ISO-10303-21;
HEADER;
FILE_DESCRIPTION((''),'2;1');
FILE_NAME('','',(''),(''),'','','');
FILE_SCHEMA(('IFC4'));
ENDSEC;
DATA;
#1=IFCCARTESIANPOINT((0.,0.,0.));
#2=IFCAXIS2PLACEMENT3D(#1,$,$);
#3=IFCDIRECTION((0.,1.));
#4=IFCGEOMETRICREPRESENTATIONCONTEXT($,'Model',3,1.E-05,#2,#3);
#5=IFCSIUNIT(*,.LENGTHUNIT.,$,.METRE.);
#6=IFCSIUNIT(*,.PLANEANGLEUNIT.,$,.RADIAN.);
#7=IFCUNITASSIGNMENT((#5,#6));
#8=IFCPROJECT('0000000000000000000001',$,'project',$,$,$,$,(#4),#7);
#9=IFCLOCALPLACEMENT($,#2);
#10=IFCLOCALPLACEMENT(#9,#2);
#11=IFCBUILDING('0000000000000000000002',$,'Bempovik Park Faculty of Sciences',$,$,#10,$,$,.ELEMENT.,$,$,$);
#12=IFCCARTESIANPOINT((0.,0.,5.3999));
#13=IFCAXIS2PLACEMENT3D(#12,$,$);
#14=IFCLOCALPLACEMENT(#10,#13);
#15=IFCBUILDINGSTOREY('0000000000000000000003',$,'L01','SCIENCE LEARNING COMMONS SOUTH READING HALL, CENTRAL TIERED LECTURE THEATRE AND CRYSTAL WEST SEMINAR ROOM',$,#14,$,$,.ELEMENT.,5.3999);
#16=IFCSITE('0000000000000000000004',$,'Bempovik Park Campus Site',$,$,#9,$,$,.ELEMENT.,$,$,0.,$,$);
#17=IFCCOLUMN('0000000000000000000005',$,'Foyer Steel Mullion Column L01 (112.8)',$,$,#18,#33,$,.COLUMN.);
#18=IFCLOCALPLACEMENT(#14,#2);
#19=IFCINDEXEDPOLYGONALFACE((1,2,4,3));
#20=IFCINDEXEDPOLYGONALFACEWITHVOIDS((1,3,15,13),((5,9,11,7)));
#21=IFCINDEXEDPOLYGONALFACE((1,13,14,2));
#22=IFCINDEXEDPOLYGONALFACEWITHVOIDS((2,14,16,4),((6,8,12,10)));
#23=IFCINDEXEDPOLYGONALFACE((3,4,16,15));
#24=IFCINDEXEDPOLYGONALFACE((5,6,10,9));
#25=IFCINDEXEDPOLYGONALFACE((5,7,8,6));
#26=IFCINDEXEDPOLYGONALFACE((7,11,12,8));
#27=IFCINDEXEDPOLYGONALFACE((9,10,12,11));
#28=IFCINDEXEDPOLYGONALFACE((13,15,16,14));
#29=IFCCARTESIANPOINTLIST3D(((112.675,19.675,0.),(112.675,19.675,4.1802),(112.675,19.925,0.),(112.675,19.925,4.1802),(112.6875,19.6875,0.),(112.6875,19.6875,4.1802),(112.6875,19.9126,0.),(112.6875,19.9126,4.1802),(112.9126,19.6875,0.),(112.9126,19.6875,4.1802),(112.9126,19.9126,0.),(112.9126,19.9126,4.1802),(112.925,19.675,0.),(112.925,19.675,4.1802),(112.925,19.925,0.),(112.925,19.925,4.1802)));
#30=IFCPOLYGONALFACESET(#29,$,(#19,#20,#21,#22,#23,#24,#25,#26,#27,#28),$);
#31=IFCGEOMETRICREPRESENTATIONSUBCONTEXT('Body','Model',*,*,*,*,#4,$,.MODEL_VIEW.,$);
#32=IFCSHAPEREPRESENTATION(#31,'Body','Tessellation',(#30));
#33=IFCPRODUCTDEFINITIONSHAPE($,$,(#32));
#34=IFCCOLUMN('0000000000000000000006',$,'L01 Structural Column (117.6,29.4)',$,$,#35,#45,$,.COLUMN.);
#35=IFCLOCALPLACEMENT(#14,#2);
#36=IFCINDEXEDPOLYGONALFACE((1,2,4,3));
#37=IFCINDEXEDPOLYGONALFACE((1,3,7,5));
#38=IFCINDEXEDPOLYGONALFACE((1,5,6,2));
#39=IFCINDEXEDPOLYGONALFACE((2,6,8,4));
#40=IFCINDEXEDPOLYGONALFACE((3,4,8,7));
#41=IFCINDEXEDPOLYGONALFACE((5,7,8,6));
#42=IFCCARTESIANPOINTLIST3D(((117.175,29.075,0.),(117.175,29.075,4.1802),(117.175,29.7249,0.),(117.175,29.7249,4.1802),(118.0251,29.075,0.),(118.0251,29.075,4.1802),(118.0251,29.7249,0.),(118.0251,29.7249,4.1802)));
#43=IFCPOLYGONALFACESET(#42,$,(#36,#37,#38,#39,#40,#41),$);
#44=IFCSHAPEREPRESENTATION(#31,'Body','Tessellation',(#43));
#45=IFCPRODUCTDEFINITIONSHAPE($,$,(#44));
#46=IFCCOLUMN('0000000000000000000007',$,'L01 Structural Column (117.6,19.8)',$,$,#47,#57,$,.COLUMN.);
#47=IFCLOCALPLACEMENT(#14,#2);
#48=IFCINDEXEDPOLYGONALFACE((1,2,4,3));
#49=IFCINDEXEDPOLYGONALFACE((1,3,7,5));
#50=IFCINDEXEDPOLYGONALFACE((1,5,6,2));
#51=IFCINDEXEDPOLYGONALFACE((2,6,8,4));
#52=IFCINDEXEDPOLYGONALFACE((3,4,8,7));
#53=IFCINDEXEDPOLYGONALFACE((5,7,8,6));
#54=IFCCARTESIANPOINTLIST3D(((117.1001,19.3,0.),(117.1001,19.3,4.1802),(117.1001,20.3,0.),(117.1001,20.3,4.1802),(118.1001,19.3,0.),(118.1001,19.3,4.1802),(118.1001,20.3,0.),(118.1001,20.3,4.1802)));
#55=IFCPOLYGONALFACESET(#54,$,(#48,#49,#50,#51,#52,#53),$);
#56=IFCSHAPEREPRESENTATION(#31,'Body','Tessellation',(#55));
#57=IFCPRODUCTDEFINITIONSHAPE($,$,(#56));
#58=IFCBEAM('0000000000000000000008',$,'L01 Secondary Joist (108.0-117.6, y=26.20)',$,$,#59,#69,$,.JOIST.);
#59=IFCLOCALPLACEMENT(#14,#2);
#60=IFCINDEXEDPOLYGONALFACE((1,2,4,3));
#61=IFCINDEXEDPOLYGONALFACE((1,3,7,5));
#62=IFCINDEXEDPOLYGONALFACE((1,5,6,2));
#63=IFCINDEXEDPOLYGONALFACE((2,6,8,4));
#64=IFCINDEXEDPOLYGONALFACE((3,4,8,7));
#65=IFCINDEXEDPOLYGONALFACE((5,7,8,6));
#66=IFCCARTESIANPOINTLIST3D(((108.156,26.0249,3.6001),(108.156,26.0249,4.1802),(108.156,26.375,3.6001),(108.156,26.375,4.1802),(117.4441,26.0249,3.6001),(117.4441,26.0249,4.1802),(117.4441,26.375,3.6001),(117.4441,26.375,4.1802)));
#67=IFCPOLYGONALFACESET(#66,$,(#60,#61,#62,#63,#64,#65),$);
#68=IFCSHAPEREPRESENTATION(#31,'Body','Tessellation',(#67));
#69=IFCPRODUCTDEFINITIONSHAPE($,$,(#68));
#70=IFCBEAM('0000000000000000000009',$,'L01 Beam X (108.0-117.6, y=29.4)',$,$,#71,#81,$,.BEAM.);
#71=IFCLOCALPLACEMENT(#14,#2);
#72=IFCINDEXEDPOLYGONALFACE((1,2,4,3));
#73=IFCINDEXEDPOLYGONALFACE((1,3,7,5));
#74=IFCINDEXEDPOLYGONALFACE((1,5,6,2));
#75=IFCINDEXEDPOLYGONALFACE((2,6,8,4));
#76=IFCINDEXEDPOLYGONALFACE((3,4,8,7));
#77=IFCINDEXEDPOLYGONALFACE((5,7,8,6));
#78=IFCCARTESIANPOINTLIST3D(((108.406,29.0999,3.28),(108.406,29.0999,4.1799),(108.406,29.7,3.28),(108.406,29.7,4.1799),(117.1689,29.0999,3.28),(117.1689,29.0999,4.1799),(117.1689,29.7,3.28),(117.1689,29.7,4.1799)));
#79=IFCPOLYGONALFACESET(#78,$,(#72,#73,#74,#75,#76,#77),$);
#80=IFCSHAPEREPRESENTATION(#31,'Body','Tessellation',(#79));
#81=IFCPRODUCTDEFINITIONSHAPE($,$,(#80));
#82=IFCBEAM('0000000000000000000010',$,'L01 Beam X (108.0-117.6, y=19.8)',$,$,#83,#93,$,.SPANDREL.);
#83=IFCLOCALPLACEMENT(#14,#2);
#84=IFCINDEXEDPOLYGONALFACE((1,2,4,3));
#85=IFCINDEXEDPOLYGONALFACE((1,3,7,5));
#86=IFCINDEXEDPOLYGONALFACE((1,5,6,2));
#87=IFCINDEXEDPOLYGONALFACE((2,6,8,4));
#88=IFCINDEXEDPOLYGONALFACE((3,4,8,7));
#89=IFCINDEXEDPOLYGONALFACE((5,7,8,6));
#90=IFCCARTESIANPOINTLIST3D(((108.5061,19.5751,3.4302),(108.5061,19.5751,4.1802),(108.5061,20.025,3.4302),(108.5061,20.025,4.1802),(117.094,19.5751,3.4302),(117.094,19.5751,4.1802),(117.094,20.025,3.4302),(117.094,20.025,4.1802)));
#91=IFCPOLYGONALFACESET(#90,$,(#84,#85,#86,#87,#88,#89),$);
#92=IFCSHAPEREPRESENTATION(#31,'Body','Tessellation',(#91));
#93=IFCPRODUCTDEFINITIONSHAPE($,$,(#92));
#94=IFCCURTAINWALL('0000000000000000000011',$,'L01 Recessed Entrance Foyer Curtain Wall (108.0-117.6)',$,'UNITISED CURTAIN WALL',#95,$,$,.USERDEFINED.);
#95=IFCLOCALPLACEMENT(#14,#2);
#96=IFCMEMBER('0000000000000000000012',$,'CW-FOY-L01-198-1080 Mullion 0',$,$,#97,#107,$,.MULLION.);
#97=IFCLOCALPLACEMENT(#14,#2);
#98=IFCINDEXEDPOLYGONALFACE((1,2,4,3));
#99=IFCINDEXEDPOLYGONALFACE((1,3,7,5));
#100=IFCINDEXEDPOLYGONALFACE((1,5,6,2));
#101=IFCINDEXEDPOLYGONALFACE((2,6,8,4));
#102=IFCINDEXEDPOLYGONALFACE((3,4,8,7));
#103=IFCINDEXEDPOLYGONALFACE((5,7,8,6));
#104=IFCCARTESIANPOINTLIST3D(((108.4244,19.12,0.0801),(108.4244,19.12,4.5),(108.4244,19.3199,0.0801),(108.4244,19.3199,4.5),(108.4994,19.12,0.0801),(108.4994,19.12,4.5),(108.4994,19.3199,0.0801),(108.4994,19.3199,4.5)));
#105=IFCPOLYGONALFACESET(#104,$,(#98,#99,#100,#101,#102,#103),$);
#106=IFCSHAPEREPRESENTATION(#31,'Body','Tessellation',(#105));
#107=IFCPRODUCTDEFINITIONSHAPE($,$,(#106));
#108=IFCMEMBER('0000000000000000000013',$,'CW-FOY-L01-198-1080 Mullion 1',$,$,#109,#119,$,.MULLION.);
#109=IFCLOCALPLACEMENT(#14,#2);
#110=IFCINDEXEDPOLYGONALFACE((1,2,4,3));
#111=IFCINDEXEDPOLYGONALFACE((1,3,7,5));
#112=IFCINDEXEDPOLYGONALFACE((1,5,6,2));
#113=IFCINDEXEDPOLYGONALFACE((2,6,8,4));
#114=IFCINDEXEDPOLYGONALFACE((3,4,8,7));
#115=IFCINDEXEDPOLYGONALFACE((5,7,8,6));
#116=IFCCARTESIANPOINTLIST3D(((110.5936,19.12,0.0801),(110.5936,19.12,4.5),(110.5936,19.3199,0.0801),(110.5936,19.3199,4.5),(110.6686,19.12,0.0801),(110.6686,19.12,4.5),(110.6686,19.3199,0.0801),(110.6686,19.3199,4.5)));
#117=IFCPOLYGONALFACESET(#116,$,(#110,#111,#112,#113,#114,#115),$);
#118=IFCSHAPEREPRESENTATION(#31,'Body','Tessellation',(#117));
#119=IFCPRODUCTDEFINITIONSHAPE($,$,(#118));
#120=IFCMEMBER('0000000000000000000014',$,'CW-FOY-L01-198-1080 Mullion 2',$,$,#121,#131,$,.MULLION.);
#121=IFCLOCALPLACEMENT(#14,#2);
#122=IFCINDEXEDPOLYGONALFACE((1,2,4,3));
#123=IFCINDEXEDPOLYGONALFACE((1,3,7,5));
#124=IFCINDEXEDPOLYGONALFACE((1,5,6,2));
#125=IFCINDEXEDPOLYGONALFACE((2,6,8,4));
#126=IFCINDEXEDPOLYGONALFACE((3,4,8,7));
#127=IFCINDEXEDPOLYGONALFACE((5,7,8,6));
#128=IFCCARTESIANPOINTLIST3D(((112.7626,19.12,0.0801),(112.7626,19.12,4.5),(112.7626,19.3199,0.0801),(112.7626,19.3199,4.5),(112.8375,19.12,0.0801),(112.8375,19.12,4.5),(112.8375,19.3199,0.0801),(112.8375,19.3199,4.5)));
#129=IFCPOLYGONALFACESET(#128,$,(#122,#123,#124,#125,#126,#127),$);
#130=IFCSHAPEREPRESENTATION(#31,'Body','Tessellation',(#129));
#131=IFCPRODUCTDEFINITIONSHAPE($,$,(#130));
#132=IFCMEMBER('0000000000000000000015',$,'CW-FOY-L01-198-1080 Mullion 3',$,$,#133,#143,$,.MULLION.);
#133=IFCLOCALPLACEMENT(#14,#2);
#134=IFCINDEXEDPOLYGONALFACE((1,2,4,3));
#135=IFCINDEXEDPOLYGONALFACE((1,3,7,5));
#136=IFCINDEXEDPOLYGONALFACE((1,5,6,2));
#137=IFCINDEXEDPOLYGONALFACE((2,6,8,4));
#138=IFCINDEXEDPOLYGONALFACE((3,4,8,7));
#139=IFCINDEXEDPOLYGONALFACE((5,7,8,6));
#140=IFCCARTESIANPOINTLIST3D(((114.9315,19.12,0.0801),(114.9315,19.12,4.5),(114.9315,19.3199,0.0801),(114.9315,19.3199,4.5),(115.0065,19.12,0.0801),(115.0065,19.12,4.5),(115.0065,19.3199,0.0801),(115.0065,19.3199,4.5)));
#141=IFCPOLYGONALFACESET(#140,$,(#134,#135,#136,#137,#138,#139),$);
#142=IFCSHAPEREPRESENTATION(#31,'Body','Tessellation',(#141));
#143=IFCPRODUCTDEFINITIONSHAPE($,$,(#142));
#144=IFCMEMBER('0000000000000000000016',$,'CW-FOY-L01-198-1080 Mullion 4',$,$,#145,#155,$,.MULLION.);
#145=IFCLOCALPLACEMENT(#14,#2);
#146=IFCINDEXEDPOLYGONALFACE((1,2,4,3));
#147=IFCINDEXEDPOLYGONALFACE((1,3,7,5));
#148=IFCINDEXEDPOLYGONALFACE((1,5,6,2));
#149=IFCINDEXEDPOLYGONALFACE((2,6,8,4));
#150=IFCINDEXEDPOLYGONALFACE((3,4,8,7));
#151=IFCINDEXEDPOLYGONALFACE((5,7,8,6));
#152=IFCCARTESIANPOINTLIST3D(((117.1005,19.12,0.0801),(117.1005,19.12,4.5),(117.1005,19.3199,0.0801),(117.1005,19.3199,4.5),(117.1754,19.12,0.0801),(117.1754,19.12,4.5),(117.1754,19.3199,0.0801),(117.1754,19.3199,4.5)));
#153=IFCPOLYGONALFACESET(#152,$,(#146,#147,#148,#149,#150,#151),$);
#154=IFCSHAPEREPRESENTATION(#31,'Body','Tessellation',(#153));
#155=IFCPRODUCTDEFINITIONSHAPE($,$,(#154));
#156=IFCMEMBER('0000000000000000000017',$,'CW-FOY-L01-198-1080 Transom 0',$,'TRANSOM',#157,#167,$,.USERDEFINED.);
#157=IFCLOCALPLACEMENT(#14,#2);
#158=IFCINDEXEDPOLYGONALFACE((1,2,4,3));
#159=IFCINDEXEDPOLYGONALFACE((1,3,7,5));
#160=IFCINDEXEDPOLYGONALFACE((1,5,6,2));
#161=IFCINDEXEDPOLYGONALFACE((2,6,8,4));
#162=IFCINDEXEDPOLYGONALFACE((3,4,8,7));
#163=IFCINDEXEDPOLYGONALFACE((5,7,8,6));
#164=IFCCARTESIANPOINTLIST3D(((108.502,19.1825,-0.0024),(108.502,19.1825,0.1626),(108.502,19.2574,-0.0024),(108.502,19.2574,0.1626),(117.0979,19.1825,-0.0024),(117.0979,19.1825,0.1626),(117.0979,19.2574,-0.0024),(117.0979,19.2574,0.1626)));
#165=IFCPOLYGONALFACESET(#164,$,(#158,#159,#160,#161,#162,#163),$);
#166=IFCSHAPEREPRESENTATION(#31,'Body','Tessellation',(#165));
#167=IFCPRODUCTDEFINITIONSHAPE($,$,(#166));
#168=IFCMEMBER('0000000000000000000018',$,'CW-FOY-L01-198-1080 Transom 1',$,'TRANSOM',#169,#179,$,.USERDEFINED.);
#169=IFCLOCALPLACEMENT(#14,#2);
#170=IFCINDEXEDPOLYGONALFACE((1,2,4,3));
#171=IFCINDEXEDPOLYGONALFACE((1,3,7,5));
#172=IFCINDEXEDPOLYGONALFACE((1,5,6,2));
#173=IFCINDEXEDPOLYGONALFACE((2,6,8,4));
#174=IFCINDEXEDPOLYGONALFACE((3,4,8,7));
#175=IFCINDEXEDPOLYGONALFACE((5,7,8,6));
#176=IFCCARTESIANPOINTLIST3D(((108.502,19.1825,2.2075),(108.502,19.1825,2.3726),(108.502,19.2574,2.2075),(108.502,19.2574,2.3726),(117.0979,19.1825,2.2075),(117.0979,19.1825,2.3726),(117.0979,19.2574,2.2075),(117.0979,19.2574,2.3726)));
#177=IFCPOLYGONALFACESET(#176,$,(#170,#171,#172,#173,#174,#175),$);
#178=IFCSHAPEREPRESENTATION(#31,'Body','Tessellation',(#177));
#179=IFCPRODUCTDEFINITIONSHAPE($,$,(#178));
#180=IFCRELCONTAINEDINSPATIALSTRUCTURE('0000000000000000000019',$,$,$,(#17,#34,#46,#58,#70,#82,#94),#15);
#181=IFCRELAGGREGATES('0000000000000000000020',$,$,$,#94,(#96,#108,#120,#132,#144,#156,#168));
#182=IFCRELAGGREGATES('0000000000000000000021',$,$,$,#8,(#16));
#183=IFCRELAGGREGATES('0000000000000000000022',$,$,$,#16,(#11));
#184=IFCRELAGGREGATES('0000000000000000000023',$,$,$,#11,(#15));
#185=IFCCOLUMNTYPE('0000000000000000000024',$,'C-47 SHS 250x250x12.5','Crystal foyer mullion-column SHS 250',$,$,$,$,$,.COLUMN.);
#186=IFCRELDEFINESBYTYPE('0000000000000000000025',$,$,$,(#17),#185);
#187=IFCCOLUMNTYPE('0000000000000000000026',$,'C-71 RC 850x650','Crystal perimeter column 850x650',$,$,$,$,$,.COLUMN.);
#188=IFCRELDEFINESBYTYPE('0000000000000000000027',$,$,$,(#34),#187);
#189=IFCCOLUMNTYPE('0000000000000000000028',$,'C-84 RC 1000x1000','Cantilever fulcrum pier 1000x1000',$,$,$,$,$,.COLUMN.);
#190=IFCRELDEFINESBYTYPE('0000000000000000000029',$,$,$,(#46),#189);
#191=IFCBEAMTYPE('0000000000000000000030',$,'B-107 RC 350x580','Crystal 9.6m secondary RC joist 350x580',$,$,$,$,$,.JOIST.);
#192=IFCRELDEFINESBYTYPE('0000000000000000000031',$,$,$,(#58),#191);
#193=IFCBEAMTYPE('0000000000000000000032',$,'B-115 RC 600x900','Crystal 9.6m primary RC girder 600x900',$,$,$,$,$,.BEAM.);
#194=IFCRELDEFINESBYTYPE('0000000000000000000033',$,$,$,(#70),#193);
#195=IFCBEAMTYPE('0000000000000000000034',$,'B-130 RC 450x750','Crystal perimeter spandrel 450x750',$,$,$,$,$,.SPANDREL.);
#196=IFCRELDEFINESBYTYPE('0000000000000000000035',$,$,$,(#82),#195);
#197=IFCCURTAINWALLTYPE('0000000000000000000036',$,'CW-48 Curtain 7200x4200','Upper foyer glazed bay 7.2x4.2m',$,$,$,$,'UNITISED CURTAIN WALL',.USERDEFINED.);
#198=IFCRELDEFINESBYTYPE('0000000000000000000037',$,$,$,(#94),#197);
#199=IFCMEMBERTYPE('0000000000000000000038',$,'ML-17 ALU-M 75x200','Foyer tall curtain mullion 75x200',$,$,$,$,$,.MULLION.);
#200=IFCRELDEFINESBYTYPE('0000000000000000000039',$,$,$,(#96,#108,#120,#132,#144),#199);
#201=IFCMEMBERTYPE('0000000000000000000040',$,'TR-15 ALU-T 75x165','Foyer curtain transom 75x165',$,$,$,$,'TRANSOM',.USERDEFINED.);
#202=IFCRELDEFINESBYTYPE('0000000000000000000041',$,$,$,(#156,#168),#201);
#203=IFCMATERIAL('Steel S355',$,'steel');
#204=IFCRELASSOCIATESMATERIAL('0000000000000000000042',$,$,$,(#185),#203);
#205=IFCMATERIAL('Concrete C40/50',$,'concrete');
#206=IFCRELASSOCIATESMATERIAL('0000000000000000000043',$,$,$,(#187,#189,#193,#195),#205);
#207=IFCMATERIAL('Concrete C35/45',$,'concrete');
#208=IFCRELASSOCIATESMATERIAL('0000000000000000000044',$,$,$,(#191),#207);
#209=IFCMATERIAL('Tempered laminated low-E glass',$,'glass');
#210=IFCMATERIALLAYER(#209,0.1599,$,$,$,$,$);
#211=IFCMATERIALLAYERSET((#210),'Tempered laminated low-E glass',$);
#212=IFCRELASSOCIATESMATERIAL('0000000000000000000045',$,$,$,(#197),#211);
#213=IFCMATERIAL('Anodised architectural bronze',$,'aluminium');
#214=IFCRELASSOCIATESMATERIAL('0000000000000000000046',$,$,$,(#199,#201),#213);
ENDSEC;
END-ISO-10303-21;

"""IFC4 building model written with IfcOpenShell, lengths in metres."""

from ifc_helpers import new_model, si_unit, direction, frame, origin, origin_2d, place, context, subcontext, project, spatial, rectangle, hollow_rectangle, extrude, material, layer, layer_set, material_profile, profile_set, type_object, element, aggregate, save


model = new_model("IFC4")

# Units and contexts
model_context = context("Model", 3, precision=1e-05, world=origin(), true_north=direction((0.0, 1.0)))
body_context = subcontext(model_context, "Body", "Model", "MODEL_VIEW")
ifc_project = project(units=[si_unit("LENGTHUNIT", "METRE"), si_unit("PLANEANGLEUNIT", "RADIAN")], contexts=[model_context])

# Site, building, storey
site_placement = place(None, origin())
site = spatial("IfcSite", under=ifc_project, at=site_placement, Name="Bempovik Park Campus Site", CompositionType="ELEMENT", RefElevation=0.0)
building_placement = place(site_placement, origin())
building = spatial("IfcBuilding", under=site, at=building_placement, Name="Bempovik Park Faculty of Sciences", CompositionType="ELEMENT")
storey_placement = place(building_placement, frame((0.0, 0.0, 5.3999)))
storey = spatial("IfcBuildingStorey", under=building, at=storey_placement, Name="L01", Description="SCIENCE LEARNING COMMONS SOUTH READING HALL, CENTRAL TIERED LECTURE THEATRE AND CRYSTAL WEST SEMINAR ROOM", CompositionType="ELEMENT", Elevation=5.3999)

# Columns
ifc_material_1 = material(Name="Steel S355", Category="steel")
ifc_material_profile_1 = material_profile(ifc_material_1, hollow_rectangle(XDim=0.25, YDim=0.25, WallThickness=0.0125, at=origin_2d()), Name="SHS 250x250x12.5")
ifc_profile_set_1 = profile_set([ifc_material_profile_1], Name="Steel S355")
column_type_1 = type_object("IfcColumnType", Name="C-47 SHS 250x250x12.5", Description="Crystal foyer mullion-column SHS 250", PredefinedType="COLUMN", material=ifc_profile_set_1)
column_1_placement = place(storey_placement, frame((112.8, 19.8, 0.0), z_axis=(0.0, 0.0, 1.0), x_axis=(1.0, 0.0, 0.0)))
element("IfcColumn", 1, at=column_1_placement, inside=storey, type_object=column_type_1, Name="Foyer Steel Mullion Column L01 (112.8)", PredefinedType="COLUMN", context=body_context, shape_type="SweptSolid", body=[
    extrude(hollow_rectangle(XDim=0.25, YDim=0.25, WallThickness=0.0125, at=origin_2d()), origin(), (0.0, 0.0, 1.0), 4.1802),
])
ifc_material_2 = material(Name="Concrete C40/50", Category="concrete")
ifc_material_profile_2 = material_profile(ifc_material_2, rectangle(XDim=0.8501, YDim=0.6499, at=origin_2d()), Name="RC 850x650")
ifc_profile_set_2 = profile_set([ifc_material_profile_2], Name="Concrete C40/50")
column_type_2 = type_object("IfcColumnType", Name="C-71 RC 850x650", Description="Crystal perimeter column 850x650", PredefinedType="COLUMN", material=ifc_profile_set_2)
column_2_placement = place(storey_placement, frame((117.6001, 29.3999, 0.0), z_axis=(0.0, 0.0, 1.0), x_axis=(1.0, 0.0, 0.0)))
element("IfcColumn", 2, at=column_2_placement, inside=storey, type_object=column_type_2, Name="L01 Structural Column (117.6,29.4)", PredefinedType="COLUMN", context=body_context, shape_type="SweptSolid", body=[
    extrude(rectangle(XDim=0.8501, YDim=0.6499, at=origin_2d()), origin(), (0.0, 0.0, 1.0), 4.1802),
])
ifc_material_profile_3 = material_profile(ifc_material_2, rectangle(XDim=1.0, YDim=1.0, at=origin_2d()), Name="RC 1000x1000")
ifc_profile_set_3 = profile_set([ifc_material_profile_3], Name="Concrete C40/50")
column_type_3 = type_object("IfcColumnType", Name="C-84 RC 1000x1000", Description="Cantilever fulcrum pier 1000x1000", PredefinedType="COLUMN", material=ifc_profile_set_3)
column_3_placement = place(storey_placement, frame((117.6001, 19.8, 0.0), z_axis=(0.0, 0.0, 1.0), x_axis=(1.0, 0.0, 0.0)))
element("IfcColumn", 3, at=column_3_placement, inside=storey, type_object=column_type_3, Name="L01 Structural Column (117.6,19.8)", PredefinedType="COLUMN", context=body_context, shape_type="SweptSolid", body=[
    extrude(rectangle(XDim=1.0, YDim=1.0, at=origin_2d()), origin(), (0.0, 0.0, 1.0), 4.1802),
])

# Beams
ifc_material_3 = material(Name="Concrete C35/45", Category="concrete")
ifc_material_profile_4 = material_profile(ifc_material_3, rectangle(XDim=0.3501, YDim=0.5801, at=origin_2d()), Name="RC 350x580")
ifc_profile_set_4 = profile_set([ifc_material_profile_4], Name="Concrete C35/45")
beam_type_1 = type_object("IfcBeamType", Name="B-107 RC 350x580", Description="Crystal 9.6m secondary RC joist 350x580", PredefinedType="JOIST", material=ifc_profile_set_4)
beam_1_placement = place(storey_placement, frame((108.156, 26.2, 3.8901), z_axis=(1.0, 0.0, 0.0), x_axis=(0.0, 1.0, 0.0)))
element("IfcBeam", 4, at=beam_1_placement, inside=storey, type_object=beam_type_1, Name="L01 Secondary Joist (108.0-117.6, y=26.20)", PredefinedType="JOIST", context=body_context, shape_type="SweptSolid", body=[
    extrude(rectangle(XDim=0.3501, YDim=0.5801, at=origin_2d()), origin(), (0.0, 0.0, 1.0), 9.2881),
])
ifc_material_profile_5 = material_profile(ifc_material_2, rectangle(XDim=0.6001, YDim=0.8999, at=origin_2d()), Name="RC 600x900")
ifc_profile_set_5 = profile_set([ifc_material_profile_5], Name="Concrete C40/50")
beam_type_2 = type_object("IfcBeamType", Name="B-115 RC 600x900", Description="Crystal 9.6m primary RC girder 600x900", PredefinedType="BEAM", material=ifc_profile_set_5)
beam_2_placement = place(storey_placement, frame((108.406, 29.3999, 3.73), z_axis=(1.0, 0.0, 0.0), x_axis=(0.0, 1.0, 0.0)))
element("IfcBeam", 5, at=beam_2_placement, inside=storey, type_object=beam_type_2, Name="L01 Beam X (108.0-117.6, y=29.4)", PredefinedType="BEAM", context=body_context, shape_type="SweptSolid", body=[
    extrude(rectangle(XDim=0.6001, YDim=0.8999, at=origin_2d()), origin(), (0.0, 0.0, 1.0), 8.7629),
])
ifc_material_profile_6 = material_profile(ifc_material_2, rectangle(XDim=0.45, YDim=0.75, at=origin_2d()), Name="RC 450x750")
ifc_profile_set_6 = profile_set([ifc_material_profile_6], Name="Concrete C40/50")
beam_type_3 = type_object("IfcBeamType", Name="B-130 RC 450x750", Description="Crystal perimeter spandrel 450x750", PredefinedType="SPANDREL", material=ifc_profile_set_6)
beam_3_placement = place(storey_placement, frame((108.5061, 19.8, 3.8052), z_axis=(1.0, 0.0, 0.0), x_axis=(0.0, 1.0, 0.0)))
element("IfcBeam", 6, at=beam_3_placement, inside=storey, type_object=beam_type_3, Name="L01 Beam X (108.0-117.6, y=19.8)", PredefinedType="SPANDREL", context=body_context, shape_type="SweptSolid", body=[
    extrude(rectangle(XDim=0.45, YDim=0.75, at=origin_2d()), origin(), (0.0, 0.0, 1.0), 8.5879),
])

# Curtain wall, members
ifc_material_4 = material(Name="Tempered laminated low-E glass", Category="glass")
ifc_layer_1 = layer(ifc_material_4, 0.1599)
ifc_layer_set_1 = layer_set([ifc_layer_1], Name="Tempered laminated low-E glass")
curtain_wall_type = type_object("IfcCurtainWallType", Name="CW-48 Curtain 7200x4200", Description="Upper foyer glazed bay 7.2x4.2m", ElementType="UNITISED CURTAIN WALL", PredefinedType="USERDEFINED", material=ifc_layer_set_1)
curtain_wall_placement = place(storey_placement, origin())
curtain_wall = element("IfcCurtainWall", 7, at=curtain_wall_placement, inside=storey, type_object=curtain_wall_type, Name="L01 Recessed Entrance Foyer Curtain Wall (108.0-117.6)", ObjectType="UNITISED CURTAIN WALL", PredefinedType="USERDEFINED")
ifc_material_5 = material(Name="Anodised architectural bronze", Category="aluminium")
ifc_material_profile_7 = material_profile(ifc_material_5, rectangle(XDim=0.075, YDim=0.2, at=origin_2d()), Name="ALU-M 75x200")
ifc_profile_set_7 = profile_set([ifc_material_profile_7], Name="Anodised architectural bronze")
member_type_1 = type_object("IfcMemberType", Name="ML-17 ALU-M 75x200", Description="Foyer tall curtain mullion 75x200", PredefinedType="MULLION", material=ifc_profile_set_7)
member_1_placement = place(storey_placement, frame((108.4619, 19.22, 0.0801), z_axis=(0.0, 0.0, 1.0), x_axis=(1.0, 0.0, 0.0)))
member_1 = element("IfcMember", 8, at=member_1_placement, type_object=member_type_1, Name="CW-FOY-L01-198-1080 Mullion 0", PredefinedType="MULLION", context=body_context, shape_type="SweptSolid", body=[
    extrude(rectangle(XDim=0.075, YDim=0.2, at=origin_2d()), origin(), (0.0, 0.0, 1.0), 4.4199),
])
member_2_placement = place(storey_placement, frame((110.6311, 19.22, 0.0801), z_axis=(0.0, 0.0, 1.0), x_axis=(1.0, 0.0, 0.0)))
member_2 = element("IfcMember", 9, at=member_2_placement, type_object=member_type_1, Name="CW-FOY-L01-198-1080 Mullion 1", PredefinedType="MULLION", context=body_context, shape_type="SweptSolid", body=[
    extrude(rectangle(XDim=0.075, YDim=0.2, at=origin_2d()), origin(), (0.0, 0.0, 1.0), 4.4199),
])
member_3_placement = place(storey_placement, frame((112.8, 19.22, 0.0801), z_axis=(0.0, 0.0, 1.0), x_axis=(1.0, 0.0, 0.0)))
member_3 = element("IfcMember", 10, at=member_3_placement, type_object=member_type_1, Name="CW-FOY-L01-198-1080 Mullion 2", PredefinedType="MULLION", context=body_context, shape_type="SweptSolid", body=[
    extrude(rectangle(XDim=0.075, YDim=0.2, at=origin_2d()), origin(), (0.0, 0.0, 1.0), 4.4199),
])
member_4_placement = place(storey_placement, frame((114.969, 19.22, 0.0801), z_axis=(0.0, 0.0, 1.0), x_axis=(1.0, 0.0, 0.0)))
member_4 = element("IfcMember", 11, at=member_4_placement, type_object=member_type_1, Name="CW-FOY-L01-198-1080 Mullion 3", PredefinedType="MULLION", context=body_context, shape_type="SweptSolid", body=[
    extrude(rectangle(XDim=0.075, YDim=0.2, at=origin_2d()), origin(), (0.0, 0.0, 1.0), 4.4199),
])
member_5_placement = place(storey_placement, frame((117.1379, 19.22, 0.0801), z_axis=(0.0, 0.0, 1.0), x_axis=(1.0, 0.0, 0.0)))
member_5 = element("IfcMember", 12, at=member_5_placement, type_object=member_type_1, Name="CW-FOY-L01-198-1080 Mullion 4", PredefinedType="MULLION", context=body_context, shape_type="SweptSolid", body=[
    extrude(rectangle(XDim=0.075, YDim=0.2, at=origin_2d()), origin(), (0.0, 0.0, 1.0), 4.4199),
])
ifc_material_profile_8 = material_profile(ifc_material_5, rectangle(XDim=0.075, YDim=0.165, at=origin_2d()), Name="ALU-T 75x165")
ifc_profile_set_8 = profile_set([ifc_material_profile_8], Name="Anodised architectural bronze")
member_type_2 = type_object("IfcMemberType", Name="TR-15 ALU-T 75x165", Description="Foyer curtain transom 75x165", ElementType="TRANSOM", PredefinedType="USERDEFINED", material=ifc_profile_set_8)
member_6_placement = place(storey_placement, frame((108.502, 19.22, 0.0801), z_axis=(1.0, 0.0, 0.0), x_axis=(0.0, 1.0, 0.0)))
member_6 = element("IfcMember", 13, at=member_6_placement, type_object=member_type_2, Name="CW-FOY-L01-198-1080 Transom 0", ObjectType="TRANSOM", PredefinedType="USERDEFINED", context=body_context, shape_type="SweptSolid", body=[
    extrude(rectangle(XDim=0.075, YDim=0.165, at=origin_2d()), origin(), (0.0, 0.0, 1.0), 8.5959),
])
member_7_placement = place(storey_placement, frame((108.502, 19.22, 2.29), z_axis=(1.0, 0.0, 0.0), x_axis=(0.0, 1.0, 0.0)))
member_7 = element("IfcMember", 14, at=member_7_placement, type_object=member_type_2, Name="CW-FOY-L01-198-1080 Transom 1", ObjectType="TRANSOM", PredefinedType="USERDEFINED", context=body_context, shape_type="SweptSolid", body=[
    extrude(rectangle(XDim=0.075, YDim=0.165, at=origin_2d()), origin(), (0.0, 0.0, 1.0), 8.5959),
])
aggregate(curtain_wall, [member_1, member_2, member_3, member_4, member_5, member_6, member_7])

save(model, "model.ifc")
